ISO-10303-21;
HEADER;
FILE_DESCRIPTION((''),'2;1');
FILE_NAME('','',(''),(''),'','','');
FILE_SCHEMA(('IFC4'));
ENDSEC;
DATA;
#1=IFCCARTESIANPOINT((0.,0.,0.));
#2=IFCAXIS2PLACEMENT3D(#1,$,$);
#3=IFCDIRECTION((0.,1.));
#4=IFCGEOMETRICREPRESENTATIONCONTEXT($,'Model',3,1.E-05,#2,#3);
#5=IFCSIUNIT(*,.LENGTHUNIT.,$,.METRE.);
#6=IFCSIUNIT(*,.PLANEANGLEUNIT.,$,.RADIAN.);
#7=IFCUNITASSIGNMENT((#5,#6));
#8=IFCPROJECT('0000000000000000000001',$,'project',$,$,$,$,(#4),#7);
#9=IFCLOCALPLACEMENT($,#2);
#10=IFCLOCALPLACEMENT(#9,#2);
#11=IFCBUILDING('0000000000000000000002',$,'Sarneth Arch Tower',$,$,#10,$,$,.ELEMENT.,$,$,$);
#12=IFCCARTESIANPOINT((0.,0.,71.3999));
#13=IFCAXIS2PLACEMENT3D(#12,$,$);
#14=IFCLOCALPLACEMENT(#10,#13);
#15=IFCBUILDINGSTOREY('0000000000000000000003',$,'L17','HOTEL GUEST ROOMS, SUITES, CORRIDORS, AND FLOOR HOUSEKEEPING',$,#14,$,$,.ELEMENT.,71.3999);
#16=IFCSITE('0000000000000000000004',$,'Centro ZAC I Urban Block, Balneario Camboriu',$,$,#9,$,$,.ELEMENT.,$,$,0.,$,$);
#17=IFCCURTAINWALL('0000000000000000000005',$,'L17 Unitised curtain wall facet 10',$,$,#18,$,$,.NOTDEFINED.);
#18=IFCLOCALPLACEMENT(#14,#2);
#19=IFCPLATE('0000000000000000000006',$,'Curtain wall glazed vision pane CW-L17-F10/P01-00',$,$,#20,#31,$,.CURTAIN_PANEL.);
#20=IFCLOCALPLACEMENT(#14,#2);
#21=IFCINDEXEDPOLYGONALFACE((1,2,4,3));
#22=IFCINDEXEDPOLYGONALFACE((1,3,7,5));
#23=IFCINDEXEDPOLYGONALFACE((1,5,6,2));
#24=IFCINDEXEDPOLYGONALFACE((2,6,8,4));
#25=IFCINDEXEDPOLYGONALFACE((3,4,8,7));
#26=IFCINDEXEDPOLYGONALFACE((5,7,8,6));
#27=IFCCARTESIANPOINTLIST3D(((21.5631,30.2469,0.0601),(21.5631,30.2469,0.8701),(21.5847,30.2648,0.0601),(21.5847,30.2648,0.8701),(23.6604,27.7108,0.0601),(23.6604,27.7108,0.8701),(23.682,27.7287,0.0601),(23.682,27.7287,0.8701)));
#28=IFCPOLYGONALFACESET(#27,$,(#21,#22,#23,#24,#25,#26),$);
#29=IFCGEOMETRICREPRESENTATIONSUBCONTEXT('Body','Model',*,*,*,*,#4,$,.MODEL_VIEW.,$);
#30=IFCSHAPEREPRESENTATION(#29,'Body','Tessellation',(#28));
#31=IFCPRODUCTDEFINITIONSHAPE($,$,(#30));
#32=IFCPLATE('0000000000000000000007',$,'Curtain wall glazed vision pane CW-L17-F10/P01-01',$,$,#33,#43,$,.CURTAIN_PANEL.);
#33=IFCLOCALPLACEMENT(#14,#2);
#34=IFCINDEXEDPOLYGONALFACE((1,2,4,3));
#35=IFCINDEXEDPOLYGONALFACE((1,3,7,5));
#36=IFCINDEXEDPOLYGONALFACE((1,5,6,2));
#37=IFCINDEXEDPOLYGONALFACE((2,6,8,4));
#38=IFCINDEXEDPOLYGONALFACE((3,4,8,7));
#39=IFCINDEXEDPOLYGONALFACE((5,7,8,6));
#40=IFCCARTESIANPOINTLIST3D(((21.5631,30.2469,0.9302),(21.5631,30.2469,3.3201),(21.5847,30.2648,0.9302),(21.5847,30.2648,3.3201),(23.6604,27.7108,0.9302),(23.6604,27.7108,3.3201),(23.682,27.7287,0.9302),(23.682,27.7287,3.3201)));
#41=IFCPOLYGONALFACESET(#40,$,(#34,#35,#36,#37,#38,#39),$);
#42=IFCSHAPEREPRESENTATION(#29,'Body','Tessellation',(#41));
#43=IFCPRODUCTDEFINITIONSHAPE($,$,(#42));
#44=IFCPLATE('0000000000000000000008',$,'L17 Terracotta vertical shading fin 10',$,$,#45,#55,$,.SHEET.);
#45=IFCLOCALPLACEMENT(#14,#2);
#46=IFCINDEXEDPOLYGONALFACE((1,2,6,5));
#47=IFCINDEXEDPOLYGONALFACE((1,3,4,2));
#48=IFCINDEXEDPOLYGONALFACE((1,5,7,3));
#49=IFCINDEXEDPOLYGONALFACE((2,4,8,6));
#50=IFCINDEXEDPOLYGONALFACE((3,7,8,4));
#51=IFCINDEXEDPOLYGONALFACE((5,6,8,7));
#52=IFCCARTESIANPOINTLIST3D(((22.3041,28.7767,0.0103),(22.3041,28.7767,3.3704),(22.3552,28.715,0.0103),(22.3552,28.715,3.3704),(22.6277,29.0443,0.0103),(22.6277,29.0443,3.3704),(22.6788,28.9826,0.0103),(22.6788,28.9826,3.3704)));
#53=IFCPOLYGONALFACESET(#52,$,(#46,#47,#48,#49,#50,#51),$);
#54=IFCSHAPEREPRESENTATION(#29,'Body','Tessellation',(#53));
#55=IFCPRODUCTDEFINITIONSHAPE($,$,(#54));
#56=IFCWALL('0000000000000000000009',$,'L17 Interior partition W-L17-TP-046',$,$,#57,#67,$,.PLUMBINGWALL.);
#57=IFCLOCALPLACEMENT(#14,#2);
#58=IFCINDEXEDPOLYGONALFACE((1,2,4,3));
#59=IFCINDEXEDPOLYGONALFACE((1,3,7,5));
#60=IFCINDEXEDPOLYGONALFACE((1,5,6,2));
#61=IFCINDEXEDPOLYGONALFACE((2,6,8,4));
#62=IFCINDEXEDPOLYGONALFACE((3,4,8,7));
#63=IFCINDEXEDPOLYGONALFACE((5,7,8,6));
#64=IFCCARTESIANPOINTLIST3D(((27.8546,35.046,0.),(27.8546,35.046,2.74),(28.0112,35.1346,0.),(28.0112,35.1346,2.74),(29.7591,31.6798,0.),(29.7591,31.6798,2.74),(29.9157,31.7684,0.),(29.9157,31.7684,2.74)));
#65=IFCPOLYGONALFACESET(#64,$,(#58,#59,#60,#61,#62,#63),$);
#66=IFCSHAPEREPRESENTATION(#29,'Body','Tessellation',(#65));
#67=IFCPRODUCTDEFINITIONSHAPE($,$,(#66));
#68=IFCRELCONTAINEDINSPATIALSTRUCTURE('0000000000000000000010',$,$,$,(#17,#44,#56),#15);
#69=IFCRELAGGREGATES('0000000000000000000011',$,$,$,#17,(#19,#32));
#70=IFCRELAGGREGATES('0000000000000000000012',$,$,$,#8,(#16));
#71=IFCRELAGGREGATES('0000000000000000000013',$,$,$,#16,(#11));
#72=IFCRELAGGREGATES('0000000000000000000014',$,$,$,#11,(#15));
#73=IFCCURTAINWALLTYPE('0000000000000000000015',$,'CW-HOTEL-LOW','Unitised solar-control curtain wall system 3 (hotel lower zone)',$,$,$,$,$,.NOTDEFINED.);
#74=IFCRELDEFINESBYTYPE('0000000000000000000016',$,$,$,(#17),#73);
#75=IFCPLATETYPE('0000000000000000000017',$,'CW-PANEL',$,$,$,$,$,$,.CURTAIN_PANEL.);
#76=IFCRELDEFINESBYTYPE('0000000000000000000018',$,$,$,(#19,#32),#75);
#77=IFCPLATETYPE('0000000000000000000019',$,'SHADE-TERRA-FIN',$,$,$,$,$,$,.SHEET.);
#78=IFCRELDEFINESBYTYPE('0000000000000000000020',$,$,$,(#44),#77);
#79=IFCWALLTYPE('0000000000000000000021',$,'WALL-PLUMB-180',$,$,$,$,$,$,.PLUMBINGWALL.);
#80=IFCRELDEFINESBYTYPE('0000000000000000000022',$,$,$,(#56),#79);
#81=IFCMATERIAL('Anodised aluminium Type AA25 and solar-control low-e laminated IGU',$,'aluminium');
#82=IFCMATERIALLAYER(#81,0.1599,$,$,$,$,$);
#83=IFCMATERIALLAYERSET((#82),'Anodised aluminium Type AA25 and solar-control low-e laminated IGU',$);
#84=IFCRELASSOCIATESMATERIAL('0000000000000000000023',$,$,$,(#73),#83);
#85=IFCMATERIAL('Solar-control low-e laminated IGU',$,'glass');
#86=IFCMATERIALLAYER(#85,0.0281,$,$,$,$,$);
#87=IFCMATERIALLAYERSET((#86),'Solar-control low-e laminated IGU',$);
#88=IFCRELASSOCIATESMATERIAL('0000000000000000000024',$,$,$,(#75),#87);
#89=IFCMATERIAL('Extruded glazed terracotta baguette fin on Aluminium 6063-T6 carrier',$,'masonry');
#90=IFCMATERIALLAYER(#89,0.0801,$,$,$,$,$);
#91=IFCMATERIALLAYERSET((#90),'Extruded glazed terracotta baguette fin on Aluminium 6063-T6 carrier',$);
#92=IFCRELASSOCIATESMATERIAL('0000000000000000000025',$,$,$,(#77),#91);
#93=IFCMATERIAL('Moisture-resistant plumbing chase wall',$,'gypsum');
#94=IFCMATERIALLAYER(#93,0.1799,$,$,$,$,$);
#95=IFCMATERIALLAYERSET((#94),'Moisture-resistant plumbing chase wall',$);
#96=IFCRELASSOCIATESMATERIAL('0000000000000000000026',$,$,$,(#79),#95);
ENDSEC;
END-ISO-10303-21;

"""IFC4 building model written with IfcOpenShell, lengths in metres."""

from ifc_helpers import new_model, si_unit, direction, frame, frame_2d, origin, origin_2d, place, context, subcontext, project, spatial, rectangle, extrude, material, layer, layer_set, type_object, element, aggregate, save


model = new_model("IFC4")

# Units and contexts
model_context = context("Model", 3, precision=1e-05, world=origin(), true_north=direction((0.0, 1.0)))
body_context = subcontext(model_context, "Body", "Model", "MODEL_VIEW")
ifc_project = project(units=[si_unit("LENGTHUNIT", "METRE"), si_unit("PLANEANGLEUNIT", "RADIAN")], contexts=[model_context])

# Site, building, storey
site_placement = place(None, origin())
site = spatial("IfcSite", under=ifc_project, at=site_placement, Name="Centro ZAC I Urban Block, Balneario Camboriu", CompositionType="ELEMENT", RefElevation=0.0)
building_placement = place(site_placement, origin())
building = spatial("IfcBuilding", under=site, at=building_placement, Name="Sarneth Arch Tower", CompositionType="ELEMENT")
storey_placement = place(building_placement, frame((0.0, 0.0, 71.3999)))
storey = spatial("IfcBuildingStorey", under=building, at=storey_placement, Name="L17", Description="HOTEL GUEST ROOMS, SUITES, CORRIDORS, AND FLOOR HOUSEKEEPING", CompositionType="ELEMENT", Elevation=71.3999)

# Curtain wall, plates
ifc_material_1 = material(Name="Anodised aluminium Type AA25 and solar-control low-e laminated IGU", Category="aluminium")
ifc_layer_1 = layer(ifc_material_1, 0.1599)
ifc_layer_set_1 = layer_set([ifc_layer_1], Name="Anodised aluminium Type AA25 and solar-control low-e laminated IGU")
curtain_wall_type = type_object("IfcCurtainWallType", Name="CW-HOTEL-LOW", Description="Unitised solar-control curtain wall system 3 (hotel lower zone)", PredefinedType="NOTDEFINED", material=ifc_layer_set_1)
curtain_wall_placement = place(storey_placement, origin())
curtain_wall = element("IfcCurtainWall", 1, at=curtain_wall_placement, inside=storey, type_object=curtain_wall_type, Name="L17 Unitised curtain wall facet 10", PredefinedType="NOTDEFINED")
ifc_material_2 = material(Name="Solar-control low-e laminated IGU", Category="glass")
ifc_layer_2 = layer(ifc_material_2, 0.0281)
ifc_layer_set_2 = layer_set([ifc_layer_2], Name="Solar-control low-e laminated IGU")
plate_type_1 = type_object("IfcPlateType", Name="CW-PANEL", PredefinedType="CURTAIN_PANEL", material=ifc_layer_set_2)
plate_1_placement = place(storey_placement, frame((22.6226, 28.9878, 0.0601), z_axis=(0.0, 0.0, 1.0), x_axis=(0.637291, -0.770623, 0.0)))
plate_1 = element("IfcPlate", 2, at=plate_1_placement, type_object=plate_type_1, Name="Curtain wall glazed vision pane CW-L17-F10/P01-00", PredefinedType="CURTAIN_PANEL", context=body_context, shape_type="SweptSolid", body=[
    extrude(rectangle(XDim=3.291, YDim=0.0281, at=origin_2d()), origin(), (0.0, 0.0, 1.0), 0.8101),
])
plate_2_placement = place(storey_placement, frame((22.6226, 28.9878, 0.9302), z_axis=(0.0, 0.0, 1.0), x_axis=(0.637291, -0.770623, 0.0)))
plate_2 = element("IfcPlate", 3, at=plate_2_placement, type_object=plate_type_1, Name="Curtain wall glazed vision pane CW-L17-F10/P01-01", PredefinedType="CURTAIN_PANEL", context=body_context, shape_type="SweptSolid", body=[
    extrude(rectangle(XDim=3.291, YDim=0.0281, at=origin_2d()), origin(), (0.0, 0.0, 1.0), 2.3899),
])
aggregate(curtain_wall, [plate_1, plate_2])

# Plate
ifc_material_3 = material(Name="Extruded glazed terracotta baguette fin on Aluminium 6063-T6 carrier", Category="masonry")
ifc_layer_3 = layer(ifc_material_3, 0.0801)
ifc_layer_set_3 = layer_set([ifc_layer_3], Name="Extruded glazed terracotta baguette fin on Aluminium 6063-T6 carrier")
plate_type_2 = type_object("IfcPlateType", Name="SHADE-TERRA-FIN", PredefinedType="SHEET", material=ifc_layer_set_3)
plate_3_placement = place(storey_placement, frame((22.4915, 28.8796, 0.0103), z_axis=(0.0, 0.0, 1.0), x_axis=(-0.770624, -0.63729, 0.0)))
element("IfcPlate", 4, at=plate_3_placement, inside=storey, type_object=plate_type_2, Name="L17 Terracotta vertical shading fin 10", PredefinedType="SHEET", context=body_context, shape_type="SweptSolid", body=[
    extrude(rectangle(XDim=0.4199, YDim=0.0801, at=origin_2d()), origin(), (0.0, 0.0, 1.0), 3.3601),
])

# Wall
ifc_material_4 = material(Name="Moisture-resistant plumbing chase wall", Category="gypsum")
ifc_layer_4 = layer(ifc_material_4, 0.1799)
ifc_layer_set_4 = layer_set([ifc_layer_4], Name="Moisture-resistant plumbing chase wall")
wall_type = type_object("IfcWallType", Name="WALL-PLUMB-180", PredefinedType="PLUMBINGWALL", material=ifc_layer_set_4)
wall_placement = place(storey_placement, frame((27.9329, 35.0903, 0.0), z_axis=(0.0, 0.0, 1.0), x_axis=(0.49243, -0.870352, 0.0)))
element("IfcWall", 5, at=wall_placement, inside=storey, type_object=wall_type, Name="L17 Interior partition W-L17-TP-046", PredefinedType="PLUMBINGWALL", context=body_context, shape_type="SweptSolid", body=[
    extrude(rectangle(XDim=3.8677, YDim=0.1799, at=frame_2d((1.9338, 0.0))), origin(), (0.0, 0.0, 1.0), 2.74),
])

save(model, "model.ifc")
